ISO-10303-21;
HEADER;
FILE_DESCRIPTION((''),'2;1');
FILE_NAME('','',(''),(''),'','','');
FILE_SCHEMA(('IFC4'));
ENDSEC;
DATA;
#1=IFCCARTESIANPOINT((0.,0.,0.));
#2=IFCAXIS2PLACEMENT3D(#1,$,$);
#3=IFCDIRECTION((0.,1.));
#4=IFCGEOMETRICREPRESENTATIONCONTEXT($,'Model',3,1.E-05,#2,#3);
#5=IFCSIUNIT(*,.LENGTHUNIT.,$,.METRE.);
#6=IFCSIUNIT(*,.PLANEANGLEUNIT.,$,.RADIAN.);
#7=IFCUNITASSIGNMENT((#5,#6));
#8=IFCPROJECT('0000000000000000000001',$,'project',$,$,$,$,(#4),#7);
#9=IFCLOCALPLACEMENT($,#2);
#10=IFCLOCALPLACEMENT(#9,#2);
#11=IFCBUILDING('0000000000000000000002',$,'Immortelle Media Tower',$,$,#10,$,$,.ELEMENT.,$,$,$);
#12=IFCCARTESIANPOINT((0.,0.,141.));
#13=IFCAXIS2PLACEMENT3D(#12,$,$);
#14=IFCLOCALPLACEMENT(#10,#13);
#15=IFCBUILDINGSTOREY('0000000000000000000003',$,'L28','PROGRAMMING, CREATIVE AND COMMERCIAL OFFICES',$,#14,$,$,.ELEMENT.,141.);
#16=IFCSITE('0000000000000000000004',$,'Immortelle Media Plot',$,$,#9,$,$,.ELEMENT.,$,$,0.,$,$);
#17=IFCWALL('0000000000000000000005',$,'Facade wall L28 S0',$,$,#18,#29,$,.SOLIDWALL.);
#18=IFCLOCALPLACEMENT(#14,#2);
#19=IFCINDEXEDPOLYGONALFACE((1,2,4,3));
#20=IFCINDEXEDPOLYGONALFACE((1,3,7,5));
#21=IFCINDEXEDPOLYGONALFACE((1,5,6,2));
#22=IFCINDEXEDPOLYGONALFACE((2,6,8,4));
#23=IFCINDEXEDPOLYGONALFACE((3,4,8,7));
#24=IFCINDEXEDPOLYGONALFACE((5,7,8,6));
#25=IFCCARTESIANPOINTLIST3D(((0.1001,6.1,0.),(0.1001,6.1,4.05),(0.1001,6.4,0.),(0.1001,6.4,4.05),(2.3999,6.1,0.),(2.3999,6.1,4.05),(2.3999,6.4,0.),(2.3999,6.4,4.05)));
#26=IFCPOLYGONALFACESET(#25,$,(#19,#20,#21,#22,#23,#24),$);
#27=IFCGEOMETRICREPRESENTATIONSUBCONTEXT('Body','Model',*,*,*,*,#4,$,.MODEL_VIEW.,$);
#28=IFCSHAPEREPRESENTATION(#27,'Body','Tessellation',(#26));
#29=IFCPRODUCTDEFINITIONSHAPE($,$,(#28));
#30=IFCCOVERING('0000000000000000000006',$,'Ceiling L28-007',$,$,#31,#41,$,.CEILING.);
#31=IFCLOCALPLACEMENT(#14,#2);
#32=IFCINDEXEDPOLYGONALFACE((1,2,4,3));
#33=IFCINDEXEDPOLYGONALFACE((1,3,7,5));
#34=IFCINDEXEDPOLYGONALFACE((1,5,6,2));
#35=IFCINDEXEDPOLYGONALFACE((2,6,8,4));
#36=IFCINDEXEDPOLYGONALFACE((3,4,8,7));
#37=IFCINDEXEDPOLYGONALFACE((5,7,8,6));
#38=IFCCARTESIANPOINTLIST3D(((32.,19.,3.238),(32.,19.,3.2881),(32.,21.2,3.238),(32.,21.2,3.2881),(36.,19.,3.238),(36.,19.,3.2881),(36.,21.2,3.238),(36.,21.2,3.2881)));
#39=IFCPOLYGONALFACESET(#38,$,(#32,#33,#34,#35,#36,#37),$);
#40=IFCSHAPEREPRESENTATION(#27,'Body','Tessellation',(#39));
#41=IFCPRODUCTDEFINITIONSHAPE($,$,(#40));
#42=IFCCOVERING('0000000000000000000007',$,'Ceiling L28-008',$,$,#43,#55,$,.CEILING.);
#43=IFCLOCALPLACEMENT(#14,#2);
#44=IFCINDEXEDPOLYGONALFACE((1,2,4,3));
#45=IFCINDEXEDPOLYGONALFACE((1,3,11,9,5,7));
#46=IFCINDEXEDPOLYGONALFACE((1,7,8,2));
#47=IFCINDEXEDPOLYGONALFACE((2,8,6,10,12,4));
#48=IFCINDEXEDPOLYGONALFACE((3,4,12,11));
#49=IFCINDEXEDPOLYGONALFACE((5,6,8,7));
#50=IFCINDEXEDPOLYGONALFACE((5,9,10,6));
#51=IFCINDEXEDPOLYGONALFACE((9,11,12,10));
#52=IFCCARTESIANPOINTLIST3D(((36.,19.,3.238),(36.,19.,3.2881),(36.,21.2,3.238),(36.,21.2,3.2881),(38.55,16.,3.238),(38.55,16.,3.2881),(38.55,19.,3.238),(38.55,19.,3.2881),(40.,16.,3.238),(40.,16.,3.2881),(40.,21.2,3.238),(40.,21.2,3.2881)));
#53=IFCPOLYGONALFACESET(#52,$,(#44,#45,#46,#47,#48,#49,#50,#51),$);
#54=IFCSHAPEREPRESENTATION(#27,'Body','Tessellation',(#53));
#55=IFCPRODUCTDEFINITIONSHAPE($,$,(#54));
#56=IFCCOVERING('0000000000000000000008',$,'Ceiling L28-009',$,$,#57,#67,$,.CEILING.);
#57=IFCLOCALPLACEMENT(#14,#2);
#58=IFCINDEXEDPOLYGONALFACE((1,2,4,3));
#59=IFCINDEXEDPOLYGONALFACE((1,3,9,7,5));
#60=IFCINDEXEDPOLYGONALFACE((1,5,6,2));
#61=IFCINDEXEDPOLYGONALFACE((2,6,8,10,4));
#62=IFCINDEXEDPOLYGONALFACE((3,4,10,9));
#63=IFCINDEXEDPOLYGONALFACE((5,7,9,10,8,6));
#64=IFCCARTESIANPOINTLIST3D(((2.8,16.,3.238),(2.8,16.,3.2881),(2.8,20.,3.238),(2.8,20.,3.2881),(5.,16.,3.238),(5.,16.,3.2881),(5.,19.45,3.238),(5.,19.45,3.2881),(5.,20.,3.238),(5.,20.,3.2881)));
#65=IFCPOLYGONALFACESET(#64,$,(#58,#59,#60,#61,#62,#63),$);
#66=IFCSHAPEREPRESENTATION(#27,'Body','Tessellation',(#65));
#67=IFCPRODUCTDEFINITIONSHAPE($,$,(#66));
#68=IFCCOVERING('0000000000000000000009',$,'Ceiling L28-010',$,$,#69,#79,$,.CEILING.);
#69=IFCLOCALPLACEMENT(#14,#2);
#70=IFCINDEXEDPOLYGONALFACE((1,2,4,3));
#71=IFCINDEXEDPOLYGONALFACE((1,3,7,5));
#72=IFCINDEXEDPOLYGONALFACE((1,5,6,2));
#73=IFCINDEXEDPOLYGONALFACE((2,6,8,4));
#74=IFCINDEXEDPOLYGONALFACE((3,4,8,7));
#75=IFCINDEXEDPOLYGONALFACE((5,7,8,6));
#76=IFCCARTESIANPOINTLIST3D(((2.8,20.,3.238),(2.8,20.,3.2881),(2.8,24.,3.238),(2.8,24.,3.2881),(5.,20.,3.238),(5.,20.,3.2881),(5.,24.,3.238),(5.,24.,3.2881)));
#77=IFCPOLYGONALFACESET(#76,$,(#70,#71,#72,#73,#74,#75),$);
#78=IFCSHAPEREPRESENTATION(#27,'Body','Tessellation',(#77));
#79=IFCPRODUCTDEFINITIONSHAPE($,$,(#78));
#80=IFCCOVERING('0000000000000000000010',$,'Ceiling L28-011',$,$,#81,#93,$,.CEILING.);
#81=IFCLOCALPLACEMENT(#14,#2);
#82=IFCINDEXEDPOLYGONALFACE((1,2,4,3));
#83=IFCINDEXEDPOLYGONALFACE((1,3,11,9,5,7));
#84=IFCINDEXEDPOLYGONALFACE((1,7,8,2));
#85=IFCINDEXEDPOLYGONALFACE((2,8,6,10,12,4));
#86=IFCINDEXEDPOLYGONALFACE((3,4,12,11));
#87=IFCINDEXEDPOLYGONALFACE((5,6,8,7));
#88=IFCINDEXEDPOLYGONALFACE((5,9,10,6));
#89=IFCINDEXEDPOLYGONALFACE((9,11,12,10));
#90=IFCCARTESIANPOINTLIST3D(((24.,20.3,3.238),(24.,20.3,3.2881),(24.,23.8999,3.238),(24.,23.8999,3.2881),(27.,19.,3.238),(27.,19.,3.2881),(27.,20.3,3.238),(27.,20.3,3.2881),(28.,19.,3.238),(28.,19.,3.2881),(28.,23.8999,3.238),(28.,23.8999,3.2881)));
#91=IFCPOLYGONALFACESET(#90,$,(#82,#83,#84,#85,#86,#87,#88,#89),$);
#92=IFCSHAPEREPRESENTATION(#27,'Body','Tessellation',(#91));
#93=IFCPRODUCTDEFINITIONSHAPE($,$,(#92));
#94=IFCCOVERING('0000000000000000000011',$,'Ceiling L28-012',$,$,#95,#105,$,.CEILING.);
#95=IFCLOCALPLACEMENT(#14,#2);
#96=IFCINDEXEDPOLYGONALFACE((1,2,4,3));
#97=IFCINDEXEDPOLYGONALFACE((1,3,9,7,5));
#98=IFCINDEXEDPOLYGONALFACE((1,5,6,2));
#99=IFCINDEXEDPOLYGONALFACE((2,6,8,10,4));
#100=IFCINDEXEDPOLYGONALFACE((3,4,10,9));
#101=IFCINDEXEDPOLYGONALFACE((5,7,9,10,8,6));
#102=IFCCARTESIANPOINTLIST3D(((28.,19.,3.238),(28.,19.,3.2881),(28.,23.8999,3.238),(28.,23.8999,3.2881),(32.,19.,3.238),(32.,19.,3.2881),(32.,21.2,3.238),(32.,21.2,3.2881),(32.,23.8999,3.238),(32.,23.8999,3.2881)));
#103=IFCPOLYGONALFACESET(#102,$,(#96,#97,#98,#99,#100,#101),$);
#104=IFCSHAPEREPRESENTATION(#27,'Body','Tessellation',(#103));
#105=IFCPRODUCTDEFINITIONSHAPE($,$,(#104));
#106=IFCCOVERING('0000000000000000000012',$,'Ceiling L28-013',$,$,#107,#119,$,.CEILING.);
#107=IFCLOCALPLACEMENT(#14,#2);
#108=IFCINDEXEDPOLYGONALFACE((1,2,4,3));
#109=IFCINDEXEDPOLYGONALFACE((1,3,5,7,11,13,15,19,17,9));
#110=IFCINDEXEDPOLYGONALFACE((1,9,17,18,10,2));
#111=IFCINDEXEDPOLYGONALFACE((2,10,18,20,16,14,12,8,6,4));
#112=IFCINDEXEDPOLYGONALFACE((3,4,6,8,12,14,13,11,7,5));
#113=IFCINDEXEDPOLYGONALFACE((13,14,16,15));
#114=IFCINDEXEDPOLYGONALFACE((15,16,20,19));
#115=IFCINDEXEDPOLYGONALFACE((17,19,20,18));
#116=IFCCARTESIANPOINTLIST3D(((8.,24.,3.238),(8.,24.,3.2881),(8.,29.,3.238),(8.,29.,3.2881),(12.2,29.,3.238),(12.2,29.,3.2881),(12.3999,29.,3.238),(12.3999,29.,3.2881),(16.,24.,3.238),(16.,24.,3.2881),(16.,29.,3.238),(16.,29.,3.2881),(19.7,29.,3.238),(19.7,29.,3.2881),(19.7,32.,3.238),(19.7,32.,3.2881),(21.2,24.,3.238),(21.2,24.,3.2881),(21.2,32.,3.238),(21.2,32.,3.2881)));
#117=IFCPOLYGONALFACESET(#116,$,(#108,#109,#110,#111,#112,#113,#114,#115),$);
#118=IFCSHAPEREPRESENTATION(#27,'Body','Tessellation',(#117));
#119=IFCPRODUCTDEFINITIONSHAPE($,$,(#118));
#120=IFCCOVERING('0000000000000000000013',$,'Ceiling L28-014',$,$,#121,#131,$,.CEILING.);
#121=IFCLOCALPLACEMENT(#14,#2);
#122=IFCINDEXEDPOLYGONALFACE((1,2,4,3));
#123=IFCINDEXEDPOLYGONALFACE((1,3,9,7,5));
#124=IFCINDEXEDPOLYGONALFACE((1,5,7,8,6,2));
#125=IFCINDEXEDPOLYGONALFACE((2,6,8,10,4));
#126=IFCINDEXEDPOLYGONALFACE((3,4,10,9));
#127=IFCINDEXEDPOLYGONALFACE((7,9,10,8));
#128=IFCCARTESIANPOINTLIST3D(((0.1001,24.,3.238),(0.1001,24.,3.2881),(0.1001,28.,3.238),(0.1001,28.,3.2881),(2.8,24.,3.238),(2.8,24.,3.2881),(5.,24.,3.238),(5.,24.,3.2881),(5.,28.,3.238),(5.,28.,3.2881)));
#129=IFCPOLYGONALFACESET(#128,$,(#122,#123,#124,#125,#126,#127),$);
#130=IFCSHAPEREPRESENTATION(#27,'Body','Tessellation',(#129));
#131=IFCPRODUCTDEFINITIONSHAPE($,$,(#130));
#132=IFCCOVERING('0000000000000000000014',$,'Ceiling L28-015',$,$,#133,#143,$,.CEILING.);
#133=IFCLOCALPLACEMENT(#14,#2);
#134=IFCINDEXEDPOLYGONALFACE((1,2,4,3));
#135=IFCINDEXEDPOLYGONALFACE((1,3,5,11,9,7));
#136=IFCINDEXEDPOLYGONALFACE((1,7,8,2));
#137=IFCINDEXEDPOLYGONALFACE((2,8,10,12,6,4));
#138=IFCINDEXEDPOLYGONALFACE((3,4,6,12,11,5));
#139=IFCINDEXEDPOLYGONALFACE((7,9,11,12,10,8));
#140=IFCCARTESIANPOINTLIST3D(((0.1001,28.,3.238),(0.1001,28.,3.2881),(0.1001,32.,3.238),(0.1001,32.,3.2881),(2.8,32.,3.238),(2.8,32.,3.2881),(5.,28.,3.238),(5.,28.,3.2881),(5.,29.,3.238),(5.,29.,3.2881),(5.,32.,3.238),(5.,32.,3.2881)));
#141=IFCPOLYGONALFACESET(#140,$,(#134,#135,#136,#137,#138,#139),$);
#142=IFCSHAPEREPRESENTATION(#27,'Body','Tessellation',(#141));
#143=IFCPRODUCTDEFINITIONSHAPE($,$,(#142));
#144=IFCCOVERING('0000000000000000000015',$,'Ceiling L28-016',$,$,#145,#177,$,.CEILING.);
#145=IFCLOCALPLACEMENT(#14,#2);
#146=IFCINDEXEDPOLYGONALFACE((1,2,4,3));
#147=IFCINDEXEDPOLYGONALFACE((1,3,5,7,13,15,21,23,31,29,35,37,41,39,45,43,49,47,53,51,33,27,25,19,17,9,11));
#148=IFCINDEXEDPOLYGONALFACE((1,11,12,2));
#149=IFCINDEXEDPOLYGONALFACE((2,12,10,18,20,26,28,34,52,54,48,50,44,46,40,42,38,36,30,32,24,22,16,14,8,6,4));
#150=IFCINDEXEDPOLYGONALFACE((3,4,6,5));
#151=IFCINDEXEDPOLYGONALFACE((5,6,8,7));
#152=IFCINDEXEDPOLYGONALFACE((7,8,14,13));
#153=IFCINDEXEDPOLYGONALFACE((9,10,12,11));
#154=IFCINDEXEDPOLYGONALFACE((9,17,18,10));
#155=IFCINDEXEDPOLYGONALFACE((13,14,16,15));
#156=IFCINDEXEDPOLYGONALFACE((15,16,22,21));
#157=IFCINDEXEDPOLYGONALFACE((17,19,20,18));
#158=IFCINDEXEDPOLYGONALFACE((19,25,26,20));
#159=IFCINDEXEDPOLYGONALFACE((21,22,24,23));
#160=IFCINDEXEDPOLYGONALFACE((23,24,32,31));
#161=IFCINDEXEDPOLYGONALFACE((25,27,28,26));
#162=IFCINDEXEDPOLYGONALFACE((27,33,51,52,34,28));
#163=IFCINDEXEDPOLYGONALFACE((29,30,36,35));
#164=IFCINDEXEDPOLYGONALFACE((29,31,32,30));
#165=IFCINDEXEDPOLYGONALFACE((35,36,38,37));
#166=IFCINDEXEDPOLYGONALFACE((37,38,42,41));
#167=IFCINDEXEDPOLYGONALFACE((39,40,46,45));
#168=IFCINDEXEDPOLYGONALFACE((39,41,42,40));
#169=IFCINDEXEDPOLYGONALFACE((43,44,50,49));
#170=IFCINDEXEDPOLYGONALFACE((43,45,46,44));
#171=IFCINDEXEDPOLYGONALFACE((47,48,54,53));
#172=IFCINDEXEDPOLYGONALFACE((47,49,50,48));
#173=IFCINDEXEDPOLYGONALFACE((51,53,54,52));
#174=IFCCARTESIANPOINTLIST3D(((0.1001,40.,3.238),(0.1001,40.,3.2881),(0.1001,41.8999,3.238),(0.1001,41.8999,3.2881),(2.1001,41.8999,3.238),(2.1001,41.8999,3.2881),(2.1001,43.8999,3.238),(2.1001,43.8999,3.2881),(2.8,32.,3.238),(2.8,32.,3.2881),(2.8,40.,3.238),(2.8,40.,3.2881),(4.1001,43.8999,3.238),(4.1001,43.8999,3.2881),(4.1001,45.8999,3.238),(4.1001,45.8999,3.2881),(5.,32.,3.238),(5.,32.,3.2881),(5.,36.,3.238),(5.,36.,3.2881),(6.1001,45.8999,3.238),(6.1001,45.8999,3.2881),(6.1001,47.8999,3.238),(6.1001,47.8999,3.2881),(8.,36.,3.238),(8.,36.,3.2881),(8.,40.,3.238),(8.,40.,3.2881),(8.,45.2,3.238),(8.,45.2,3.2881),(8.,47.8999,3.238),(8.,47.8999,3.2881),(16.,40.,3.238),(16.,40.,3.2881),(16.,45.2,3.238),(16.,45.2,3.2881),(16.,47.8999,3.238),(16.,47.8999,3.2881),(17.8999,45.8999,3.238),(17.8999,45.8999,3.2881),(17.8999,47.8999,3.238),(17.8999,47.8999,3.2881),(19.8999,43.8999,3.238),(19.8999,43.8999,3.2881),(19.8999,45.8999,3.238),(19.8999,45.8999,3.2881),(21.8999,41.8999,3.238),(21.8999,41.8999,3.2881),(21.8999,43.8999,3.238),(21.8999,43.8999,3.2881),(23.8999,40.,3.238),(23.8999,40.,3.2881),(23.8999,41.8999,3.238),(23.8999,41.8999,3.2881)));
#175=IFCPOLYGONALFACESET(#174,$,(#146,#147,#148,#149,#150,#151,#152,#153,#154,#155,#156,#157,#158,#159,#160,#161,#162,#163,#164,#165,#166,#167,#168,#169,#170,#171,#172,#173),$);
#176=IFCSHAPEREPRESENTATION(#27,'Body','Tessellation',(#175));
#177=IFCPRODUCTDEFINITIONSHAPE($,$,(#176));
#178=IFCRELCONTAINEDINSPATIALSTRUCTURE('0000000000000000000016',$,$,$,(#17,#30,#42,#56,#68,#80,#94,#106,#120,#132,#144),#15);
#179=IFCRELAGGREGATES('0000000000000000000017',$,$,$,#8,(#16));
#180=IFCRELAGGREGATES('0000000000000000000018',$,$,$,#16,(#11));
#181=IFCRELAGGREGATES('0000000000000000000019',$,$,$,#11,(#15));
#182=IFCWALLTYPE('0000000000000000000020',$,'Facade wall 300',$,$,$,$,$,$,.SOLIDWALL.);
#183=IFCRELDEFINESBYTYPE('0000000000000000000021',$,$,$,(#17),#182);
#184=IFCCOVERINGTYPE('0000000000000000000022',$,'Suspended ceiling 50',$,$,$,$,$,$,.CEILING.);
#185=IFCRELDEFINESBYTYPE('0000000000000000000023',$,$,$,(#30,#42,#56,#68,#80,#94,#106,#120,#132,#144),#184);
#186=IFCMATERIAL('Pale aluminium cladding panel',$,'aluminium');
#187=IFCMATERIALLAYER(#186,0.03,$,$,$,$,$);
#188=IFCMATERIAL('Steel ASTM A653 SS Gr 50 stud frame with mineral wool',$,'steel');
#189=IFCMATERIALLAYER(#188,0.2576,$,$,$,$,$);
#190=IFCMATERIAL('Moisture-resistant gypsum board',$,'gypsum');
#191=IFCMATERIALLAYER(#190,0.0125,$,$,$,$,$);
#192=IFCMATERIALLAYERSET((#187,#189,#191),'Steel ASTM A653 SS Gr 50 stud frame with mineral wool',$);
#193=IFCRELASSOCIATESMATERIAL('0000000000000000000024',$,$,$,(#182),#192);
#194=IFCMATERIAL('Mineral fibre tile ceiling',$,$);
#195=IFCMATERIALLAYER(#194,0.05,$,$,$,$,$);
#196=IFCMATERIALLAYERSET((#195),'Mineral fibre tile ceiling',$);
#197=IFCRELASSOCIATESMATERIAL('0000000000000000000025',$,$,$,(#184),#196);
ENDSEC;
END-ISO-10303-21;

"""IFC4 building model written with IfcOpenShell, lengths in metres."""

from ifc_helpers import new_model, si_unit, direction, frame, frame_2d, origin, place, context, subcontext, project, spatial, polyline, rectangle, outline, extrude, material, layer, layer_set, type_object, element, save


model = new_model("IFC4")

# Units and contexts
model_context = context("Model", 3, precision=1e-05, world=origin(), true_north=direction((0.0, 1.0)))
body_context = subcontext(model_context, "Body", "Model", "MODEL_VIEW")
ifc_project = project(units=[si_unit("LENGTHUNIT", "METRE"), si_unit("PLANEANGLEUNIT", "RADIAN")], contexts=[model_context])

# Site, building, storey
site_placement = place(None, origin())
site = spatial("IfcSite", under=ifc_project, at=site_placement, Name="Immortelle Media Plot", CompositionType="ELEMENT", RefElevation=0.0)
building_placement = place(site_placement, origin())
building = spatial("IfcBuilding", under=site, at=building_placement, Name="Immortelle Media Tower", CompositionType="ELEMENT")
storey_placement = place(building_placement, frame((0.0, 0.0, 141.0)))
storey = spatial("IfcBuildingStorey", under=building, at=storey_placement, Name="L28", Description="PROGRAMMING, CREATIVE AND COMMERCIAL OFFICES", CompositionType="ELEMENT", Elevation=141.0)

# Wall
ifc_material_1 = material(Name="Pale aluminium cladding panel", Category="aluminium")
ifc_layer_1 = layer(ifc_material_1, 0.03)
ifc_material_2 = material(Name="Steel ASTM A653 SS Gr 50 stud frame with mineral wool", Category="steel")
ifc_layer_2 = layer(ifc_material_2, 0.2576)
ifc_material_3 = material(Name="Moisture-resistant gypsum board", Category="gypsum")
ifc_layer_3 = layer(ifc_material_3, 0.0125)
ifc_layer_set_1 = layer_set([ifc_layer_1, ifc_layer_2, ifc_layer_3], Name="Steel ASTM A653 SS Gr 50 stud frame with mineral wool")
wall_type = type_object("IfcWallType", Name="Facade wall 300", PredefinedType="SOLIDWALL", material=ifc_layer_set_1)
wall_placement = place(storey_placement, frame((0.1001, 6.25, 0.0), z_axis=(0.0, 0.0, 1.0), x_axis=(1.0, 0.0, 0.0)))
element("IfcWall", 1, at=wall_placement, inside=storey, type_object=wall_type, Name="Facade wall L28 S0", PredefinedType="SOLIDWALL", context=body_context, shape_type="SweptSolid", body=[
    extrude(rectangle(XDim=2.2998, YDim=0.3, at=frame_2d((1.1499, 0.0))), origin(), (0.0, 0.0, 1.0), 4.05),
])

# Coverings
ifc_material_4 = material(Name="Mineral fibre tile ceiling")
ifc_layer_4 = layer(ifc_material_4, 0.05)
ifc_layer_set_2 = layer_set([ifc_layer_4], Name="Mineral fibre tile ceiling")
covering_type = type_object("IfcCoveringType", Name="Suspended ceiling 50", PredefinedType="CEILING", material=ifc_layer_set_2)
covering_1_placement = place(storey_placement, frame((0.0, 0.0, 3.238)))
element("IfcCovering", 2, at=covering_1_placement, inside=storey, type_object=covering_type, Name="Ceiling L28-007", PredefinedType="CEILING", context=body_context, shape_type="SweptSolid", body=[
    extrude(outline(polyline([(32.0, 19.0), (32.0, 21.2), (36.0, 21.2), (36.0, 19.0), (32.0, 19.0)])), origin(), (0.0, 0.0, 1.0), 0.05),
])
covering_2_placement = place(storey_placement, frame((0.0, 0.0, 3.238)))
element("IfcCovering", 3, at=covering_2_placement, inside=storey, type_object=covering_type, Name="Ceiling L28-008", PredefinedType="CEILING", context=body_context, shape_type="SweptSolid", body=[
    extrude(outline(polyline([(38.55, 19.0), (36.0, 19.0), (36.0, 21.2), (40.0, 21.2), (40.0, 16.0), (38.55, 16.0), (38.55, 19.0)])), origin(), (0.0, 0.0, 1.0), 0.05),
])
covering_3_placement = place(storey_placement, frame((0.0, 0.0, 3.238)))
element("IfcCovering", 4, at=covering_3_placement, inside=storey, type_object=covering_type, Name="Ceiling L28-009", PredefinedType="CEILING", context=body_context, shape_type="SweptSolid", body=[
    extrude(outline(polyline([(5.0, 16.0), (2.8, 16.0), (2.8, 20.0), (5.0, 20.0), (5.0, 19.45), (5.0, 16.0)])), origin(), (0.0, 0.0, 1.0), 0.05),
])
covering_4_placement = place(storey_placement, frame((0.0, 0.0, 3.238)))
element("IfcCovering", 5, at=covering_4_placement, inside=storey, type_object=covering_type, Name="Ceiling L28-010", PredefinedType="CEILING", context=body_context, shape_type="SweptSolid", body=[
    extrude(outline(polyline([(2.8, 24.0), (5.0, 24.0), (5.0, 20.0), (2.8, 20.0), (2.8, 24.0)])), origin(), (0.0, 0.0, 1.0), 0.05),
])
covering_5_placement = place(storey_placement, frame((0.0, 0.0, 3.238)))
element("IfcCovering", 6, at=covering_5_placement, inside=storey, type_object=covering_type, Name="Ceiling L28-011", PredefinedType="CEILING", context=body_context, shape_type="SweptSolid", body=[
    extrude(outline(polyline([(27.0, 20.3), (24.0, 20.3), (24.0, 23.8999), (28.0, 23.8999), (28.0, 19.0), (27.0, 19.0), (27.0, 20.3)])), origin(), (0.0, 0.0, 1.0), 0.05),
])
covering_6_placement = place(storey_placement, frame((0.0, 0.0, 3.238)))
element("IfcCovering", 7, at=covering_6_placement, inside=storey, type_object=covering_type, Name="Ceiling L28-012", PredefinedType="CEILING", context=body_context, shape_type="SweptSolid", body=[
    extrude(outline(polyline([(32.0, 23.8999), (32.0, 21.2), (32.0, 19.0), (28.0, 19.0), (28.0, 23.8999), (32.0, 23.8999)])), origin(), (0.0, 0.0, 1.0), 0.05),
])
covering_7_placement = place(storey_placement, frame((0.0, 0.0, 3.238)))
element("IfcCovering", 8, at=covering_7_placement, inside=storey, type_object=covering_type, Name="Ceiling L28-013", PredefinedType="CEILING", context=body_context, shape_type="SweptSolid", body=[
    extrude(outline(polyline([(8.0, 29.0), (12.2, 29.0), (12.3999, 29.0), (16.0, 29.0), (19.7, 29.0), (19.7, 32.0), (21.2, 32.0), (21.2, 24.0), (16.0, 24.0), (8.0, 24.0), (8.0, 29.0)])), origin(), (0.0, 0.0, 1.0), 0.05),
])
covering_8_placement = place(storey_placement, frame((0.0, 0.0, 3.238)))
element("IfcCovering", 9, at=covering_8_placement, inside=storey, type_object=covering_type, Name="Ceiling L28-014", PredefinedType="CEILING", context=body_context, shape_type="SweptSolid", body=[
    extrude(outline(polyline([(5.0, 24.0), (2.8, 24.0), (0.1001, 24.0), (0.1001, 28.0), (5.0, 28.0), (5.0, 24.0)])), origin(), (0.0, 0.0, 1.0), 0.05),
])
covering_9_placement = place(storey_placement, frame((0.0, 0.0, 3.238)))
element("IfcCovering", 10, at=covering_9_placement, inside=storey, type_object=covering_type, Name="Ceiling L28-015", PredefinedType="CEILING", context=body_context, shape_type="SweptSolid", body=[
    extrude(outline(polyline([(5.0, 28.0), (0.1001, 28.0), (0.1001, 32.0), (2.8, 32.0), (5.0, 32.0), (5.0, 29.0), (5.0, 28.0)])), origin(), (0.0, 0.0, 1.0), 0.05),
])
covering_10_placement = place(storey_placement, frame((0.0, 0.0, 3.238)))
element("IfcCovering", 11, at=covering_10_placement, inside=storey, type_object=covering_type, Name="Ceiling L28-016", PredefinedType="CEILING", context=body_context, shape_type="SweptSolid", body=[
    extrude(outline(polyline([(2.8, 40.0), (0.1001, 40.0), (0.1001, 41.8999), (2.1001, 41.8999), (2.1001, 43.8999), (4.1001, 43.8999), (4.1001, 45.8999), (6.1001, 45.8999), (6.1001, 47.8999), (8.0, 47.8999), (8.0, 45.2), (16.0, 45.2), (16.0, 47.8999), (17.8999, 47.8999), (17.8999, 45.8999), (19.8999, 45.8999), (19.8999, 43.8999), (21.8999, 43.8999), (21.8999, 41.8999), (23.8999, 41.8999), (23.8999, 40.0), (16.0, 40.0), (8.0, 40.0), (8.0, 36.0), (5.0, 36.0), (5.0, 32.0), (2.8, 32.0), (2.8, 40.0)])), origin(), (0.0, 0.0, 1.0), 0.05),
])

save(model, "model.ifc")
